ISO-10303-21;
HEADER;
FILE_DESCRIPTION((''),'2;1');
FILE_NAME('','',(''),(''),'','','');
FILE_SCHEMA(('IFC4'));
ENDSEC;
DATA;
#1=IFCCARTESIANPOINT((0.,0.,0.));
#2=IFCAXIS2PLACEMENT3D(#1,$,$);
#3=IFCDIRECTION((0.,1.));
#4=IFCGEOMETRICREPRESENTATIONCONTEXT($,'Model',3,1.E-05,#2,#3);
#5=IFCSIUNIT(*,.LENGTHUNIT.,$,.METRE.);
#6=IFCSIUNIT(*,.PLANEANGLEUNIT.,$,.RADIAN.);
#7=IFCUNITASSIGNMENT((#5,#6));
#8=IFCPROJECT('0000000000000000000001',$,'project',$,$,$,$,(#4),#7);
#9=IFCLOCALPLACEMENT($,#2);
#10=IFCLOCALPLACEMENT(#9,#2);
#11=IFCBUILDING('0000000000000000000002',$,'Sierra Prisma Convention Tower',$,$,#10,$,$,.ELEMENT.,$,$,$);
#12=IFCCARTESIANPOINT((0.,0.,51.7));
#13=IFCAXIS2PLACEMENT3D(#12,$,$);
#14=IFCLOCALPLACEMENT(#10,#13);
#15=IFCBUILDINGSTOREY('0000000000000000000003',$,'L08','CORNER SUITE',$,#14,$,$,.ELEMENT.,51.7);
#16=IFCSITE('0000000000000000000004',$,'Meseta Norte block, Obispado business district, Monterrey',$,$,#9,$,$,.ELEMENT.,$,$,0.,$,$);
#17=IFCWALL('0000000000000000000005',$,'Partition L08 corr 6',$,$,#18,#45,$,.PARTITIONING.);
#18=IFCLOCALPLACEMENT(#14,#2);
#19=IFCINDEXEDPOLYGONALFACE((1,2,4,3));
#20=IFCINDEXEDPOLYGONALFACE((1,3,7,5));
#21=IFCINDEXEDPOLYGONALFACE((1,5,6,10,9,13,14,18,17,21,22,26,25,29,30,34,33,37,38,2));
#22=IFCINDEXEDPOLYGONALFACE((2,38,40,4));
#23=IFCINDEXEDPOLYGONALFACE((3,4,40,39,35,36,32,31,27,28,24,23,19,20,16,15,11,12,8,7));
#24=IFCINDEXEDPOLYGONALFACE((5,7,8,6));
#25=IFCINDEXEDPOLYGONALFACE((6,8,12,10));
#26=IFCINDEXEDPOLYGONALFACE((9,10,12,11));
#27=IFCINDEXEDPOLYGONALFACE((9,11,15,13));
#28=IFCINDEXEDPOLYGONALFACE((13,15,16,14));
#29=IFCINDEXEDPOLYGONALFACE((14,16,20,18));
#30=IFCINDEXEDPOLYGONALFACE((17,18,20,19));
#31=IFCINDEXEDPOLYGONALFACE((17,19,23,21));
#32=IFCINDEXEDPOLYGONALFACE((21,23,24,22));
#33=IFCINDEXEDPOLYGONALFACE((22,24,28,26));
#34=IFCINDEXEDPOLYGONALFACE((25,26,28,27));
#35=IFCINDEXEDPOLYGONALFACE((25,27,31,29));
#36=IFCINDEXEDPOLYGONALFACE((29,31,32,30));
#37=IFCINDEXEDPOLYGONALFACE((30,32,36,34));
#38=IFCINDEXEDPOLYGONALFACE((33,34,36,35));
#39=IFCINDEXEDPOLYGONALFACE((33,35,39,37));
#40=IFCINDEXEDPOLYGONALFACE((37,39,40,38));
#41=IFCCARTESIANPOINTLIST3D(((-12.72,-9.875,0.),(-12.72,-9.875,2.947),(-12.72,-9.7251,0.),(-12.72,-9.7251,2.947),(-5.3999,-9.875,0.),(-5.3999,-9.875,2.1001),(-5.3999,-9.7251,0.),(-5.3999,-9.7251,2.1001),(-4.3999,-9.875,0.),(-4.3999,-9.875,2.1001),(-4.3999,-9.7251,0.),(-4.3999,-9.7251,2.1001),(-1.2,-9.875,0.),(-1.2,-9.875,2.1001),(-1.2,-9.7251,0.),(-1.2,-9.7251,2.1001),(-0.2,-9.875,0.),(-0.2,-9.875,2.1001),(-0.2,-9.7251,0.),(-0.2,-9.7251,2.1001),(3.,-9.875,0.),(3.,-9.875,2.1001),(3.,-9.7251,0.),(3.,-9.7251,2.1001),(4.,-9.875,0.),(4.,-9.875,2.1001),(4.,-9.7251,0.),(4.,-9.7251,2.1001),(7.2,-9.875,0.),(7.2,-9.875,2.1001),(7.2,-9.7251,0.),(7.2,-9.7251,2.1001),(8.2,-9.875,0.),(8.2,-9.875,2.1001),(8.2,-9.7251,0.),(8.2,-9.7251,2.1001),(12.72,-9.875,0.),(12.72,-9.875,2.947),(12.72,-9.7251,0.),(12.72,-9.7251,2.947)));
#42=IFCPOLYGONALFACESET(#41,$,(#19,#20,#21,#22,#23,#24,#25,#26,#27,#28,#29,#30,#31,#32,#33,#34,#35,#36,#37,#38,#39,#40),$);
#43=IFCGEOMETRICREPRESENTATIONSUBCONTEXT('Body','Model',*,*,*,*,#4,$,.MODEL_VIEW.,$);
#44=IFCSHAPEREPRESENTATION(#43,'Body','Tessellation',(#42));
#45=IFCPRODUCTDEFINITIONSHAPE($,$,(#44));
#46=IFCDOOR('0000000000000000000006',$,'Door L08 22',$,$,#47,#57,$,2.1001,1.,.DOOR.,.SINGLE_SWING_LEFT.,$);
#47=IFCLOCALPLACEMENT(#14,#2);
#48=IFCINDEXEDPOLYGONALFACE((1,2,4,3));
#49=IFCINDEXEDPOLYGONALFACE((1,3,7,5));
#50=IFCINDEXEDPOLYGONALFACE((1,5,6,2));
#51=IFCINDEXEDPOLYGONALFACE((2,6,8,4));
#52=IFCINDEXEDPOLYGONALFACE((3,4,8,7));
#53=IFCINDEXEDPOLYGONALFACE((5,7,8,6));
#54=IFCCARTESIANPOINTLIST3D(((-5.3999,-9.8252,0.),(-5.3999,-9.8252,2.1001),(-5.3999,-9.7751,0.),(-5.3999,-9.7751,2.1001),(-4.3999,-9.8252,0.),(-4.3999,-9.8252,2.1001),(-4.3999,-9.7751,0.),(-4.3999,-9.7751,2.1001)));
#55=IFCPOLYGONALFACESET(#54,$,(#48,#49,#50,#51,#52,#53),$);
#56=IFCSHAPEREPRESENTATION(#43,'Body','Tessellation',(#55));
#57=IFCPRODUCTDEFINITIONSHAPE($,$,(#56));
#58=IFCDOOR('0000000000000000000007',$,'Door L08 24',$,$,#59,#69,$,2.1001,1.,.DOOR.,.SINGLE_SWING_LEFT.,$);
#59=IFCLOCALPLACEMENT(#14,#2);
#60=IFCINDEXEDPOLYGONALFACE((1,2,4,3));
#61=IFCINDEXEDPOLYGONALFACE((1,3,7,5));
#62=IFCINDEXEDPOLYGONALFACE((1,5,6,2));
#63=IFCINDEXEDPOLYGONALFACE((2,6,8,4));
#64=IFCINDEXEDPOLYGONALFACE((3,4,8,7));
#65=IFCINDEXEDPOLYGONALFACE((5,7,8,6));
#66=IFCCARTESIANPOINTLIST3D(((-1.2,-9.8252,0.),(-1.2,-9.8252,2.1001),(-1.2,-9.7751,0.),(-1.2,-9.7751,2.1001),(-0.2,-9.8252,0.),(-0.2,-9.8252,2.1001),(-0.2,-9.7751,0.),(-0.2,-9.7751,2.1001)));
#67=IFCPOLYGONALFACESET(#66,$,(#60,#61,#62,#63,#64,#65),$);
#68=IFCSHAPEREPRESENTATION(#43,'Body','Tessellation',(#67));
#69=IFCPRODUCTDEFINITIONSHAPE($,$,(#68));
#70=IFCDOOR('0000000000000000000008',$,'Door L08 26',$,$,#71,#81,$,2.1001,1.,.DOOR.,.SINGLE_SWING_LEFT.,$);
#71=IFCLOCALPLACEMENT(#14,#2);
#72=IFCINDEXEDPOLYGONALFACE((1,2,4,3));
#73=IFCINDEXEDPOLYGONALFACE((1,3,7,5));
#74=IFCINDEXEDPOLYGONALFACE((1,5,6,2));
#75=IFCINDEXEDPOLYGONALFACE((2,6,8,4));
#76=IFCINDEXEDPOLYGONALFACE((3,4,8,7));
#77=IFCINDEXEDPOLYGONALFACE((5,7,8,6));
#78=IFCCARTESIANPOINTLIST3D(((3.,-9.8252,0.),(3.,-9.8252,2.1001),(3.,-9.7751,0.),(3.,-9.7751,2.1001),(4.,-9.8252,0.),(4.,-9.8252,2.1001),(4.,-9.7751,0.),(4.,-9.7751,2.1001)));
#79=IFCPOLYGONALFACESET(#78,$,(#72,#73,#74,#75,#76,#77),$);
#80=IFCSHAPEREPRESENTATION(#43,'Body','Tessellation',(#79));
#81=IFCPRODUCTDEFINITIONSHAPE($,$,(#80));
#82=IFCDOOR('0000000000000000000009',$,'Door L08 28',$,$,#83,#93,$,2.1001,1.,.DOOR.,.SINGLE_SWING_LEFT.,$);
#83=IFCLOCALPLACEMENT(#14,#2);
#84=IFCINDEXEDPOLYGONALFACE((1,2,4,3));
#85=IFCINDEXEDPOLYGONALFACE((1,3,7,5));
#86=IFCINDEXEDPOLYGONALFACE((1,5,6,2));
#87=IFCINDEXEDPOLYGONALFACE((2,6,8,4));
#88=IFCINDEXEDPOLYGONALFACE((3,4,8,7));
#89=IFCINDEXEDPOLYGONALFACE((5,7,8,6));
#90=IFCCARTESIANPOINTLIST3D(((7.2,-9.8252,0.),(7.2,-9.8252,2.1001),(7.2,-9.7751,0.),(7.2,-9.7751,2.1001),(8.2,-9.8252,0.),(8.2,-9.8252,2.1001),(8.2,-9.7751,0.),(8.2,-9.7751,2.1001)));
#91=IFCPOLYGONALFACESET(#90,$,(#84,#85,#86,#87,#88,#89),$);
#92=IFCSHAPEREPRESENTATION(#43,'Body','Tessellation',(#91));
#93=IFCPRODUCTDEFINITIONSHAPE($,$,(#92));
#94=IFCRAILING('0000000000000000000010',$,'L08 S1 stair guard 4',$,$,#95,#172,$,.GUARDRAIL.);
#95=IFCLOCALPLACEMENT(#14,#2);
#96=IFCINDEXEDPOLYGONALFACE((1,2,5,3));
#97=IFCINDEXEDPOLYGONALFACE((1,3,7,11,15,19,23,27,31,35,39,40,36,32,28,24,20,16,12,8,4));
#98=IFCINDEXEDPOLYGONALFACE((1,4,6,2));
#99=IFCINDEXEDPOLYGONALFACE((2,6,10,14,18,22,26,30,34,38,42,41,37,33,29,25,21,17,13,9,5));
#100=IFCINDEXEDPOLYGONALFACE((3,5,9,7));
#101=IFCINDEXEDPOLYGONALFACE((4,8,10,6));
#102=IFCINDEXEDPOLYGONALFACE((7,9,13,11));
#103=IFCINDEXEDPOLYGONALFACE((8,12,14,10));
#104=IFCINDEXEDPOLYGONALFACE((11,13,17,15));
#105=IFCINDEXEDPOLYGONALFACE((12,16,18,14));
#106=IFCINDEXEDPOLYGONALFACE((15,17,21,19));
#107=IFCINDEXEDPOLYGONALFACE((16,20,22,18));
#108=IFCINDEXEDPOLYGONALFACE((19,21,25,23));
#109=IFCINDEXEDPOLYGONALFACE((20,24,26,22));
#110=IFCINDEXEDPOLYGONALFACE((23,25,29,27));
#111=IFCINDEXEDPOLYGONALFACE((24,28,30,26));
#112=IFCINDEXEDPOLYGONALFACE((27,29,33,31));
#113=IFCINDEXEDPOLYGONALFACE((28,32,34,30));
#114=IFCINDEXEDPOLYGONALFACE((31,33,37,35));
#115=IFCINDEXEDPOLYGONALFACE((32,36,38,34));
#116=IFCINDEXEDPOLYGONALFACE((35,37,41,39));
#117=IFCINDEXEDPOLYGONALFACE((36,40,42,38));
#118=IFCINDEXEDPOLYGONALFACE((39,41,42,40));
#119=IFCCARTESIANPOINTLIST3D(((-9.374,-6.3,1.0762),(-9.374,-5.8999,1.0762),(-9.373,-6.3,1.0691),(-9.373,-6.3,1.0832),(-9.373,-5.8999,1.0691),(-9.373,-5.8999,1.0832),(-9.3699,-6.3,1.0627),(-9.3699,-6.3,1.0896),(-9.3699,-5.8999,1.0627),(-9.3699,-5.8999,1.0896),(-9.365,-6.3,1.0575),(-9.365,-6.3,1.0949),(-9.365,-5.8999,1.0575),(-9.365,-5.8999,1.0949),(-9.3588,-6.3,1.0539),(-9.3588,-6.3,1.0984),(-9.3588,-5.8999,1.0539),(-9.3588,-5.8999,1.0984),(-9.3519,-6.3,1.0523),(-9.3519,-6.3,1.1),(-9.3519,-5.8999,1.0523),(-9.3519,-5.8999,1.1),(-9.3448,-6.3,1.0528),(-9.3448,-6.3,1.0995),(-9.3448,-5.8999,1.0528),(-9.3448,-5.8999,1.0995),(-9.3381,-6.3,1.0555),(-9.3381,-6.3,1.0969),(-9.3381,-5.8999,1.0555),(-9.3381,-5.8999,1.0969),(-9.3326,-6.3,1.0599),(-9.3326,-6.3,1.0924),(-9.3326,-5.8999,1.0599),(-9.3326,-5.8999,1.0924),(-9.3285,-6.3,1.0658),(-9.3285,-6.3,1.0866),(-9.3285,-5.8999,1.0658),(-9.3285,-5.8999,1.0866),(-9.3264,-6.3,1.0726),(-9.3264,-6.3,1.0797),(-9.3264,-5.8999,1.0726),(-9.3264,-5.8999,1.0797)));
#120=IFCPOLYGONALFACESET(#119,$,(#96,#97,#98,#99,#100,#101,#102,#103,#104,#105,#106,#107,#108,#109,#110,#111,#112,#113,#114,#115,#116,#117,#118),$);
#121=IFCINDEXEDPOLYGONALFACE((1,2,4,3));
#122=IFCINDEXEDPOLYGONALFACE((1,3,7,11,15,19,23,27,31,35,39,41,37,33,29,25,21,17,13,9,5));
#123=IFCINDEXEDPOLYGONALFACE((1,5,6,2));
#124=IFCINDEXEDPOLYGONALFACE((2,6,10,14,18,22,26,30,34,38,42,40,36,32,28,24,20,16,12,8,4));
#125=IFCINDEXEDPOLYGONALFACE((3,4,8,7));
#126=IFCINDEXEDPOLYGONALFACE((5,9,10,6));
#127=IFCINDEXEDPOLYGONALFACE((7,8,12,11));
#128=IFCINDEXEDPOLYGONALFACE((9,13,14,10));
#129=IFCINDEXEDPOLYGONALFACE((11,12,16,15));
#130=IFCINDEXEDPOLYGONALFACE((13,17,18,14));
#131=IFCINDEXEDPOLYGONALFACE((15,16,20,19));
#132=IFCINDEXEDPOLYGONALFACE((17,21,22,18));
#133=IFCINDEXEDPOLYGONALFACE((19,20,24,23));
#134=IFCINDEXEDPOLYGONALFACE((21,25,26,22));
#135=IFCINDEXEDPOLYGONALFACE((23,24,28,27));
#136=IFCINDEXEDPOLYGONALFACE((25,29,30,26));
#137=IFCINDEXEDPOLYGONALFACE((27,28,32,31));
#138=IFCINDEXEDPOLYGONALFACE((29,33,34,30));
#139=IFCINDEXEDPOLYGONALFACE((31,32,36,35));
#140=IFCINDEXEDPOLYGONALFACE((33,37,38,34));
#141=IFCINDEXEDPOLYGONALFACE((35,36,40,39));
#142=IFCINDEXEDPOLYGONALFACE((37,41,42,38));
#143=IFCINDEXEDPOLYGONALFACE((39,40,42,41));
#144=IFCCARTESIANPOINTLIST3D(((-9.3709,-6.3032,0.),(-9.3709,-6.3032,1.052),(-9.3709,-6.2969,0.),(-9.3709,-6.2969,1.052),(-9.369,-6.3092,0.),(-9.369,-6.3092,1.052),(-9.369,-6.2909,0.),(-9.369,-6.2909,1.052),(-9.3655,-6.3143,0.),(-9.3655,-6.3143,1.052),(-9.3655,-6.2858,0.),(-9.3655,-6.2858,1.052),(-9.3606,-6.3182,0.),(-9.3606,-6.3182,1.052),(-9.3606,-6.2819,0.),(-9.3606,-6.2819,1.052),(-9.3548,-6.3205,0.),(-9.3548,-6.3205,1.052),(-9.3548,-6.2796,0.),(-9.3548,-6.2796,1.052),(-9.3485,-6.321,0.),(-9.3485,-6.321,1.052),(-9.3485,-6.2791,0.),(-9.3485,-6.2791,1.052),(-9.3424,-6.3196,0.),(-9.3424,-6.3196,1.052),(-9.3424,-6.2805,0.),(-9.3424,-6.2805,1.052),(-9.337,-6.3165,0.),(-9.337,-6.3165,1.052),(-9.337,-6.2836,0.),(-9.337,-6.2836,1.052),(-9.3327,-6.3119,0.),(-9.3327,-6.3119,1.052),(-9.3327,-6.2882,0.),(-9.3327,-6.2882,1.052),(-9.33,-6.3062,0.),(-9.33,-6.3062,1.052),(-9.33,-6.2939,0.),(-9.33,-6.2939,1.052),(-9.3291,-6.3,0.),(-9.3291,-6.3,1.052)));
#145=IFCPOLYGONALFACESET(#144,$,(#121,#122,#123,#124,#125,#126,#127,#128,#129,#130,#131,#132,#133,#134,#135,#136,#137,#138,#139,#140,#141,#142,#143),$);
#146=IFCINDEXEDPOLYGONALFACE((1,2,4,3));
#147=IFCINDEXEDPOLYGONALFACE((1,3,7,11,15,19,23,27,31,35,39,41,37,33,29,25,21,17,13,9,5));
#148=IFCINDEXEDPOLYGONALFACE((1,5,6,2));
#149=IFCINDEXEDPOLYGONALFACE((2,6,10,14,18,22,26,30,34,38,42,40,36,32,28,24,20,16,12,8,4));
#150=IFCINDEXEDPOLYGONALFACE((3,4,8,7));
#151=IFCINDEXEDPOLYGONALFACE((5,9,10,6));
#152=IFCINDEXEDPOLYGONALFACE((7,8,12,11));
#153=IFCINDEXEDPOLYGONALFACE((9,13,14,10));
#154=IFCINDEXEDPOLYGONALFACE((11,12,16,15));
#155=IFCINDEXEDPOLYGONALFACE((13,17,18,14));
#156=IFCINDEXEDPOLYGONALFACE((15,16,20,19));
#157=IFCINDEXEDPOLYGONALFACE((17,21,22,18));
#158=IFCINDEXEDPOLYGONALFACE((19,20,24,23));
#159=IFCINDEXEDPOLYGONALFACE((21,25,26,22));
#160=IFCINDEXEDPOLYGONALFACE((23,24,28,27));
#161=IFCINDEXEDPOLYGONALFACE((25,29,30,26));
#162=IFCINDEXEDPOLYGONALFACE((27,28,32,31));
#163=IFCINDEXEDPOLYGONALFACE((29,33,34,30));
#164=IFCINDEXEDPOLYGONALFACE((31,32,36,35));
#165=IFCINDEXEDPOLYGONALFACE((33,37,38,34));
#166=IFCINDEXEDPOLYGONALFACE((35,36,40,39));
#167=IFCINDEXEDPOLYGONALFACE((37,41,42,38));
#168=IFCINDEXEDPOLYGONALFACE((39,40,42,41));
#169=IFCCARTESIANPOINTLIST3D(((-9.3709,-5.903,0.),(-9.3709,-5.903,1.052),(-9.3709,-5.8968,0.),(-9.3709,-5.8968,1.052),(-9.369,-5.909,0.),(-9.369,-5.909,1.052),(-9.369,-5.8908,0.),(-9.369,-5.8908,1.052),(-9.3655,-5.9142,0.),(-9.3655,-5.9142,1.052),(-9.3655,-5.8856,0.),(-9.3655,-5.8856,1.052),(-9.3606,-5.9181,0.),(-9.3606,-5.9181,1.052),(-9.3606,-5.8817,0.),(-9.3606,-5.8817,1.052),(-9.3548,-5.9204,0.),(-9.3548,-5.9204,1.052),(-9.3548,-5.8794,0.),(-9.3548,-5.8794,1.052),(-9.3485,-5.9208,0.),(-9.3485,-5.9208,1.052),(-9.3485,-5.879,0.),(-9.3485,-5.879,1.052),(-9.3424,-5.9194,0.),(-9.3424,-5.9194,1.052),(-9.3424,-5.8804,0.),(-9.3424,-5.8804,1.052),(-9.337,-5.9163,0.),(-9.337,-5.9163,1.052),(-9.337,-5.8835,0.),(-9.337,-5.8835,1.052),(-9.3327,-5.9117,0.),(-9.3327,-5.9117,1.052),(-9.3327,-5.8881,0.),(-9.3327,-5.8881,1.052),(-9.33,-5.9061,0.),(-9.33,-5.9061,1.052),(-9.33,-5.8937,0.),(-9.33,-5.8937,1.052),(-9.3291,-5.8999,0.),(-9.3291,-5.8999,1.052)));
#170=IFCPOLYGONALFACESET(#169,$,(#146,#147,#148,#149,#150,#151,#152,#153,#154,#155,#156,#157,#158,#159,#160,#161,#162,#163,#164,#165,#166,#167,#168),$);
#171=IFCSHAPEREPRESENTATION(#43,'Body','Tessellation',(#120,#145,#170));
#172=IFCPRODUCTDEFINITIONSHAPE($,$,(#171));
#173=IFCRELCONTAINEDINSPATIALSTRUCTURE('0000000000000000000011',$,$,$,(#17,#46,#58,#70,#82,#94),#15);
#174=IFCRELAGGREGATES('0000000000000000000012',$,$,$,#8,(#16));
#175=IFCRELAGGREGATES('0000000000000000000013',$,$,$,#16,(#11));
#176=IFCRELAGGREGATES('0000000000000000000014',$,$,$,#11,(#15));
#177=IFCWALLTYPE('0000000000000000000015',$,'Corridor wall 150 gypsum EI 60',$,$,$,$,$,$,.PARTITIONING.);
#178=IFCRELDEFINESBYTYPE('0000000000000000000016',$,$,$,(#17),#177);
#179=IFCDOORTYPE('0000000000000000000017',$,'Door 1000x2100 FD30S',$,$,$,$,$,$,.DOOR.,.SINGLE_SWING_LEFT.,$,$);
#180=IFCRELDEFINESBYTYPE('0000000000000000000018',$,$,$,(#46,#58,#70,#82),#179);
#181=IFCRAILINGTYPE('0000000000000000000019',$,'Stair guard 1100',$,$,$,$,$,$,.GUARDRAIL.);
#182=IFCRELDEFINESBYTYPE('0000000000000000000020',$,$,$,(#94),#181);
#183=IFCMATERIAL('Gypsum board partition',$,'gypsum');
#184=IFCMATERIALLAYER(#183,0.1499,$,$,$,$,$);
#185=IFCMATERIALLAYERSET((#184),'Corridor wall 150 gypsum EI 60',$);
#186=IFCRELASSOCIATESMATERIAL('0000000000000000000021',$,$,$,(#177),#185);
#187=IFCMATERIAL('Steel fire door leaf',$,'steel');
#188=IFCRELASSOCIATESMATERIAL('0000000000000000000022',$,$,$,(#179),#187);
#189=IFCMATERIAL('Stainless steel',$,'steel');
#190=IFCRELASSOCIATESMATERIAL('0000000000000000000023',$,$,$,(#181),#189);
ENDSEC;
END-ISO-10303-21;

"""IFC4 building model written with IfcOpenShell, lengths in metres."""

from ifc_helpers import new_model, si_unit, direction, frame, frame_2d, origin, origin_2d, place, context, subcontext, project, spatial, rectangle, circle, extrude, material, layer, layer_set, type_object, element, fill, save


model = new_model("IFC4")

# Units and contexts
model_context = context("Model", 3, precision=1e-05, world=origin(), true_north=direction((0.0, 1.0)))
body_context = subcontext(model_context, "Body", "Model", "MODEL_VIEW")
ifc_project = project(units=[si_unit("LENGTHUNIT", "METRE"), si_unit("PLANEANGLEUNIT", "RADIAN")], contexts=[model_context])

# Site, building, storey
site_placement = place(None, origin())
site = spatial("IfcSite", under=ifc_project, at=site_placement, Name="Meseta Norte block, Obispado business district, Monterrey", CompositionType="ELEMENT", RefElevation=0.0)
building_placement = place(site_placement, origin())
building = spatial("IfcBuilding", under=site, at=building_placement, Name="Sierra Prisma Convention Tower", CompositionType="ELEMENT")
storey_placement = place(building_placement, frame((0.0, 0.0, 51.7)))
storey = spatial("IfcBuildingStorey", under=building, at=storey_placement, Name="L08", Description="CORNER SUITE", CompositionType="ELEMENT", Elevation=51.7)

# Shared definitions
ifc_material_1 = material(Name="Gypsum board partition", Category="gypsum")
ifc_layer_1 = layer(ifc_material_1, 0.1499)
ifc_layer_set_1 = layer_set([ifc_layer_1], Name="Corridor wall 150 gypsum EI 60")
wall_type_1 = type_object("IfcWallType", Name="Corridor wall 150 gypsum EI 60", PredefinedType="PARTITIONING", material=ifc_layer_set_1)
ifc_material_2 = material(Name="Steel fire door leaf", Category="steel")
door_type_1 = type_object("IfcDoorType", Name="Door 1000x2100 FD30S", OperationType="SINGLE_SWING_LEFT", PredefinedType="DOOR", material=ifc_material_2)

# Wall, openings, doors
wall_1_placement = place(storey_placement, frame((-12.72, -9.8, 0.0), z_axis=(0.0, 0.0, 1.0), x_axis=(1.0, 0.0, 0.0)))
wall_1 = element("IfcWall", 1, at=wall_1_placement, inside=storey, type_object=wall_type_1, Name="Partition L08 corr 6", PredefinedType="PARTITIONING", context=body_context, shape_type="SweptSolid", body=[
    extrude(rectangle(XDim=25.4399, YDim=0.1499, at=frame_2d((12.72, 0.0))), origin(), (0.0, 0.0, 1.0), 2.947),
])
opening_1_placement = place(wall_1_placement, frame((7.3201, 0.0, 0.0)))
opening_1 = element("IfcOpeningElement", 2, at=opening_1_placement, cuts=wall_1, PredefinedType="OPENING", context=body_context, shape_type="SweptSolid", body=[
    extrude(rectangle(XDim=1.0, YDim=2.1001, at=frame_2d((0.5, 1.05))), frame((0.0, 0.075, 0.0), z_axis=(0.0, -1.0, 0.0), x_axis=(1.0, 0.0, 0.0)), (0.0, 0.0, 1.0), 0.1499),
])
opening_2_placement = place(wall_1_placement, frame((11.52, 0.0, 0.0)))
opening_2 = element("IfcOpeningElement", 3, at=opening_2_placement, cuts=wall_1, PredefinedType="OPENING", context=body_context, shape_type="SweptSolid", body=[
    extrude(rectangle(XDim=1.0, YDim=2.1001, at=frame_2d((0.5, 1.05))), frame((0.0, 0.075, 0.0), z_axis=(0.0, -1.0, 0.0), x_axis=(1.0, 0.0, 0.0)), (0.0, 0.0, 1.0), 0.1499),
])
opening_3_placement = place(wall_1_placement, frame((15.72, 0.0, 0.0)))
opening_3 = element("IfcOpeningElement", 4, at=opening_3_placement, cuts=wall_1, PredefinedType="OPENING", context=body_context, shape_type="SweptSolid", body=[
    extrude(rectangle(XDim=1.0, YDim=2.1001, at=frame_2d((0.5, 1.05))), frame((0.0, 0.075, 0.0), z_axis=(0.0, -1.0, 0.0), x_axis=(1.0, 0.0, 0.0)), (0.0, 0.0, 1.0), 0.1499),
])
opening_4_placement = place(wall_1_placement, frame((19.9199, 0.0, 0.0)))
opening_4 = element("IfcOpeningElement", 5, at=opening_4_placement, cuts=wall_1, PredefinedType="OPENING", context=body_context, shape_type="SweptSolid", body=[
    extrude(rectangle(XDim=1.0, YDim=2.1001, at=frame_2d((0.5, 1.05))), frame((0.0, 0.075, 0.0), z_axis=(0.0, -1.0, 0.0), x_axis=(1.0, 0.0, 0.0)), (0.0, 0.0, 1.0), 0.1499),
])
door_1_placement = place(opening_1_placement, origin())
door_1 = element("IfcDoor", 6, at=door_1_placement, inside=storey, type_object=door_type_1, Name="Door L08 22", OperationType="SINGLE_SWING_LEFT", OverallHeight=2.1001, OverallWidth=1.0, PredefinedType="DOOR", context=body_context, shape_type="SweptSolid", body=[
    extrude(rectangle(XDim=1.0, YDim=2.1001, at=frame_2d((0.5, 1.05))), frame((0.0, 0.0249, 0.0), z_axis=(0.0, -1.0, 0.0), x_axis=(1.0, 0.0, 0.0)), (0.0, 0.0, 1.0), 0.05),
])
fill(opening_1, door_1)
door_2_placement = place(opening_2_placement, origin())
door_2 = element("IfcDoor", 7, at=door_2_placement, inside=storey, type_object=door_type_1, Name="Door L08 24", OperationType="SINGLE_SWING_LEFT", OverallHeight=2.1001, OverallWidth=1.0, PredefinedType="DOOR", context=body_context, shape_type="SweptSolid", body=[
    extrude(rectangle(XDim=1.0, YDim=2.1001, at=frame_2d((0.5, 1.05))), frame((0.0, 0.0249, 0.0), z_axis=(0.0, -1.0, 0.0), x_axis=(1.0, 0.0, 0.0)), (0.0, 0.0, 1.0), 0.05),
])
fill(opening_2, door_2)
door_3_placement = place(opening_3_placement, origin())
door_3 = element("IfcDoor", 8, at=door_3_placement, inside=storey, type_object=door_type_1, Name="Door L08 26", OperationType="SINGLE_SWING_LEFT", OverallHeight=2.1001, OverallWidth=1.0, PredefinedType="DOOR", context=body_context, shape_type="SweptSolid", body=[
    extrude(rectangle(XDim=1.0, YDim=2.1001, at=frame_2d((0.5, 1.05))), frame((0.0, 0.0249, 0.0), z_axis=(0.0, -1.0, 0.0), x_axis=(1.0, 0.0, 0.0)), (0.0, 0.0, 1.0), 0.05),
])
fill(opening_3, door_3)
door_4_placement = place(opening_4_placement, origin())
door_4 = element("IfcDoor", 9, at=door_4_placement, inside=storey, type_object=door_type_1, Name="Door L08 28", OperationType="SINGLE_SWING_LEFT", OverallHeight=2.1001, OverallWidth=1.0, PredefinedType="DOOR", context=body_context, shape_type="SweptSolid", body=[
    extrude(rectangle(XDim=1.0, YDim=2.1001, at=frame_2d((0.5, 1.05))), frame((0.0, 0.0249, 0.0), z_axis=(0.0, -1.0, 0.0), x_axis=(1.0, 0.0, 0.0)), (0.0, 0.0, 1.0), 0.05),
])
fill(opening_4, door_4)

# Railing
ifc_material_3 = material(Name="Stainless steel", Category="steel")
railing_type = type_object("IfcRailingType", Name="Stair guard 1100", PredefinedType="GUARDRAIL", material=ifc_material_3)
railing_placement = place(storey_placement, frame((-9.3501, -6.3, 0.0)))
element("IfcRailing", 10, at=railing_placement, inside=storey, type_object=railing_type, Name="L08 S1 stair guard 4", PredefinedType="GUARDRAIL", context=body_context, shape_type="SweptSolid", body=[
    extrude(circle(Radius=0.0239, at=origin_2d()), frame((0.0, 0.0, 1.0762), z_axis=(0.0, 1.0, 0.0), x_axis=(-1.0, 0.0, 0.0)), (0.0, 0.0, 1.0), 0.4001),
    extrude(circle(Radius=0.021, at=origin_2d()), origin(), (0.0, 0.0, 1.0), 1.052),
    extrude(circle(Radius=0.021, at=origin_2d()), frame((0.0, 0.4001, 0.0)), (0.0, 0.0, 1.0), 1.052),
])

save(model, "model.ifc")
